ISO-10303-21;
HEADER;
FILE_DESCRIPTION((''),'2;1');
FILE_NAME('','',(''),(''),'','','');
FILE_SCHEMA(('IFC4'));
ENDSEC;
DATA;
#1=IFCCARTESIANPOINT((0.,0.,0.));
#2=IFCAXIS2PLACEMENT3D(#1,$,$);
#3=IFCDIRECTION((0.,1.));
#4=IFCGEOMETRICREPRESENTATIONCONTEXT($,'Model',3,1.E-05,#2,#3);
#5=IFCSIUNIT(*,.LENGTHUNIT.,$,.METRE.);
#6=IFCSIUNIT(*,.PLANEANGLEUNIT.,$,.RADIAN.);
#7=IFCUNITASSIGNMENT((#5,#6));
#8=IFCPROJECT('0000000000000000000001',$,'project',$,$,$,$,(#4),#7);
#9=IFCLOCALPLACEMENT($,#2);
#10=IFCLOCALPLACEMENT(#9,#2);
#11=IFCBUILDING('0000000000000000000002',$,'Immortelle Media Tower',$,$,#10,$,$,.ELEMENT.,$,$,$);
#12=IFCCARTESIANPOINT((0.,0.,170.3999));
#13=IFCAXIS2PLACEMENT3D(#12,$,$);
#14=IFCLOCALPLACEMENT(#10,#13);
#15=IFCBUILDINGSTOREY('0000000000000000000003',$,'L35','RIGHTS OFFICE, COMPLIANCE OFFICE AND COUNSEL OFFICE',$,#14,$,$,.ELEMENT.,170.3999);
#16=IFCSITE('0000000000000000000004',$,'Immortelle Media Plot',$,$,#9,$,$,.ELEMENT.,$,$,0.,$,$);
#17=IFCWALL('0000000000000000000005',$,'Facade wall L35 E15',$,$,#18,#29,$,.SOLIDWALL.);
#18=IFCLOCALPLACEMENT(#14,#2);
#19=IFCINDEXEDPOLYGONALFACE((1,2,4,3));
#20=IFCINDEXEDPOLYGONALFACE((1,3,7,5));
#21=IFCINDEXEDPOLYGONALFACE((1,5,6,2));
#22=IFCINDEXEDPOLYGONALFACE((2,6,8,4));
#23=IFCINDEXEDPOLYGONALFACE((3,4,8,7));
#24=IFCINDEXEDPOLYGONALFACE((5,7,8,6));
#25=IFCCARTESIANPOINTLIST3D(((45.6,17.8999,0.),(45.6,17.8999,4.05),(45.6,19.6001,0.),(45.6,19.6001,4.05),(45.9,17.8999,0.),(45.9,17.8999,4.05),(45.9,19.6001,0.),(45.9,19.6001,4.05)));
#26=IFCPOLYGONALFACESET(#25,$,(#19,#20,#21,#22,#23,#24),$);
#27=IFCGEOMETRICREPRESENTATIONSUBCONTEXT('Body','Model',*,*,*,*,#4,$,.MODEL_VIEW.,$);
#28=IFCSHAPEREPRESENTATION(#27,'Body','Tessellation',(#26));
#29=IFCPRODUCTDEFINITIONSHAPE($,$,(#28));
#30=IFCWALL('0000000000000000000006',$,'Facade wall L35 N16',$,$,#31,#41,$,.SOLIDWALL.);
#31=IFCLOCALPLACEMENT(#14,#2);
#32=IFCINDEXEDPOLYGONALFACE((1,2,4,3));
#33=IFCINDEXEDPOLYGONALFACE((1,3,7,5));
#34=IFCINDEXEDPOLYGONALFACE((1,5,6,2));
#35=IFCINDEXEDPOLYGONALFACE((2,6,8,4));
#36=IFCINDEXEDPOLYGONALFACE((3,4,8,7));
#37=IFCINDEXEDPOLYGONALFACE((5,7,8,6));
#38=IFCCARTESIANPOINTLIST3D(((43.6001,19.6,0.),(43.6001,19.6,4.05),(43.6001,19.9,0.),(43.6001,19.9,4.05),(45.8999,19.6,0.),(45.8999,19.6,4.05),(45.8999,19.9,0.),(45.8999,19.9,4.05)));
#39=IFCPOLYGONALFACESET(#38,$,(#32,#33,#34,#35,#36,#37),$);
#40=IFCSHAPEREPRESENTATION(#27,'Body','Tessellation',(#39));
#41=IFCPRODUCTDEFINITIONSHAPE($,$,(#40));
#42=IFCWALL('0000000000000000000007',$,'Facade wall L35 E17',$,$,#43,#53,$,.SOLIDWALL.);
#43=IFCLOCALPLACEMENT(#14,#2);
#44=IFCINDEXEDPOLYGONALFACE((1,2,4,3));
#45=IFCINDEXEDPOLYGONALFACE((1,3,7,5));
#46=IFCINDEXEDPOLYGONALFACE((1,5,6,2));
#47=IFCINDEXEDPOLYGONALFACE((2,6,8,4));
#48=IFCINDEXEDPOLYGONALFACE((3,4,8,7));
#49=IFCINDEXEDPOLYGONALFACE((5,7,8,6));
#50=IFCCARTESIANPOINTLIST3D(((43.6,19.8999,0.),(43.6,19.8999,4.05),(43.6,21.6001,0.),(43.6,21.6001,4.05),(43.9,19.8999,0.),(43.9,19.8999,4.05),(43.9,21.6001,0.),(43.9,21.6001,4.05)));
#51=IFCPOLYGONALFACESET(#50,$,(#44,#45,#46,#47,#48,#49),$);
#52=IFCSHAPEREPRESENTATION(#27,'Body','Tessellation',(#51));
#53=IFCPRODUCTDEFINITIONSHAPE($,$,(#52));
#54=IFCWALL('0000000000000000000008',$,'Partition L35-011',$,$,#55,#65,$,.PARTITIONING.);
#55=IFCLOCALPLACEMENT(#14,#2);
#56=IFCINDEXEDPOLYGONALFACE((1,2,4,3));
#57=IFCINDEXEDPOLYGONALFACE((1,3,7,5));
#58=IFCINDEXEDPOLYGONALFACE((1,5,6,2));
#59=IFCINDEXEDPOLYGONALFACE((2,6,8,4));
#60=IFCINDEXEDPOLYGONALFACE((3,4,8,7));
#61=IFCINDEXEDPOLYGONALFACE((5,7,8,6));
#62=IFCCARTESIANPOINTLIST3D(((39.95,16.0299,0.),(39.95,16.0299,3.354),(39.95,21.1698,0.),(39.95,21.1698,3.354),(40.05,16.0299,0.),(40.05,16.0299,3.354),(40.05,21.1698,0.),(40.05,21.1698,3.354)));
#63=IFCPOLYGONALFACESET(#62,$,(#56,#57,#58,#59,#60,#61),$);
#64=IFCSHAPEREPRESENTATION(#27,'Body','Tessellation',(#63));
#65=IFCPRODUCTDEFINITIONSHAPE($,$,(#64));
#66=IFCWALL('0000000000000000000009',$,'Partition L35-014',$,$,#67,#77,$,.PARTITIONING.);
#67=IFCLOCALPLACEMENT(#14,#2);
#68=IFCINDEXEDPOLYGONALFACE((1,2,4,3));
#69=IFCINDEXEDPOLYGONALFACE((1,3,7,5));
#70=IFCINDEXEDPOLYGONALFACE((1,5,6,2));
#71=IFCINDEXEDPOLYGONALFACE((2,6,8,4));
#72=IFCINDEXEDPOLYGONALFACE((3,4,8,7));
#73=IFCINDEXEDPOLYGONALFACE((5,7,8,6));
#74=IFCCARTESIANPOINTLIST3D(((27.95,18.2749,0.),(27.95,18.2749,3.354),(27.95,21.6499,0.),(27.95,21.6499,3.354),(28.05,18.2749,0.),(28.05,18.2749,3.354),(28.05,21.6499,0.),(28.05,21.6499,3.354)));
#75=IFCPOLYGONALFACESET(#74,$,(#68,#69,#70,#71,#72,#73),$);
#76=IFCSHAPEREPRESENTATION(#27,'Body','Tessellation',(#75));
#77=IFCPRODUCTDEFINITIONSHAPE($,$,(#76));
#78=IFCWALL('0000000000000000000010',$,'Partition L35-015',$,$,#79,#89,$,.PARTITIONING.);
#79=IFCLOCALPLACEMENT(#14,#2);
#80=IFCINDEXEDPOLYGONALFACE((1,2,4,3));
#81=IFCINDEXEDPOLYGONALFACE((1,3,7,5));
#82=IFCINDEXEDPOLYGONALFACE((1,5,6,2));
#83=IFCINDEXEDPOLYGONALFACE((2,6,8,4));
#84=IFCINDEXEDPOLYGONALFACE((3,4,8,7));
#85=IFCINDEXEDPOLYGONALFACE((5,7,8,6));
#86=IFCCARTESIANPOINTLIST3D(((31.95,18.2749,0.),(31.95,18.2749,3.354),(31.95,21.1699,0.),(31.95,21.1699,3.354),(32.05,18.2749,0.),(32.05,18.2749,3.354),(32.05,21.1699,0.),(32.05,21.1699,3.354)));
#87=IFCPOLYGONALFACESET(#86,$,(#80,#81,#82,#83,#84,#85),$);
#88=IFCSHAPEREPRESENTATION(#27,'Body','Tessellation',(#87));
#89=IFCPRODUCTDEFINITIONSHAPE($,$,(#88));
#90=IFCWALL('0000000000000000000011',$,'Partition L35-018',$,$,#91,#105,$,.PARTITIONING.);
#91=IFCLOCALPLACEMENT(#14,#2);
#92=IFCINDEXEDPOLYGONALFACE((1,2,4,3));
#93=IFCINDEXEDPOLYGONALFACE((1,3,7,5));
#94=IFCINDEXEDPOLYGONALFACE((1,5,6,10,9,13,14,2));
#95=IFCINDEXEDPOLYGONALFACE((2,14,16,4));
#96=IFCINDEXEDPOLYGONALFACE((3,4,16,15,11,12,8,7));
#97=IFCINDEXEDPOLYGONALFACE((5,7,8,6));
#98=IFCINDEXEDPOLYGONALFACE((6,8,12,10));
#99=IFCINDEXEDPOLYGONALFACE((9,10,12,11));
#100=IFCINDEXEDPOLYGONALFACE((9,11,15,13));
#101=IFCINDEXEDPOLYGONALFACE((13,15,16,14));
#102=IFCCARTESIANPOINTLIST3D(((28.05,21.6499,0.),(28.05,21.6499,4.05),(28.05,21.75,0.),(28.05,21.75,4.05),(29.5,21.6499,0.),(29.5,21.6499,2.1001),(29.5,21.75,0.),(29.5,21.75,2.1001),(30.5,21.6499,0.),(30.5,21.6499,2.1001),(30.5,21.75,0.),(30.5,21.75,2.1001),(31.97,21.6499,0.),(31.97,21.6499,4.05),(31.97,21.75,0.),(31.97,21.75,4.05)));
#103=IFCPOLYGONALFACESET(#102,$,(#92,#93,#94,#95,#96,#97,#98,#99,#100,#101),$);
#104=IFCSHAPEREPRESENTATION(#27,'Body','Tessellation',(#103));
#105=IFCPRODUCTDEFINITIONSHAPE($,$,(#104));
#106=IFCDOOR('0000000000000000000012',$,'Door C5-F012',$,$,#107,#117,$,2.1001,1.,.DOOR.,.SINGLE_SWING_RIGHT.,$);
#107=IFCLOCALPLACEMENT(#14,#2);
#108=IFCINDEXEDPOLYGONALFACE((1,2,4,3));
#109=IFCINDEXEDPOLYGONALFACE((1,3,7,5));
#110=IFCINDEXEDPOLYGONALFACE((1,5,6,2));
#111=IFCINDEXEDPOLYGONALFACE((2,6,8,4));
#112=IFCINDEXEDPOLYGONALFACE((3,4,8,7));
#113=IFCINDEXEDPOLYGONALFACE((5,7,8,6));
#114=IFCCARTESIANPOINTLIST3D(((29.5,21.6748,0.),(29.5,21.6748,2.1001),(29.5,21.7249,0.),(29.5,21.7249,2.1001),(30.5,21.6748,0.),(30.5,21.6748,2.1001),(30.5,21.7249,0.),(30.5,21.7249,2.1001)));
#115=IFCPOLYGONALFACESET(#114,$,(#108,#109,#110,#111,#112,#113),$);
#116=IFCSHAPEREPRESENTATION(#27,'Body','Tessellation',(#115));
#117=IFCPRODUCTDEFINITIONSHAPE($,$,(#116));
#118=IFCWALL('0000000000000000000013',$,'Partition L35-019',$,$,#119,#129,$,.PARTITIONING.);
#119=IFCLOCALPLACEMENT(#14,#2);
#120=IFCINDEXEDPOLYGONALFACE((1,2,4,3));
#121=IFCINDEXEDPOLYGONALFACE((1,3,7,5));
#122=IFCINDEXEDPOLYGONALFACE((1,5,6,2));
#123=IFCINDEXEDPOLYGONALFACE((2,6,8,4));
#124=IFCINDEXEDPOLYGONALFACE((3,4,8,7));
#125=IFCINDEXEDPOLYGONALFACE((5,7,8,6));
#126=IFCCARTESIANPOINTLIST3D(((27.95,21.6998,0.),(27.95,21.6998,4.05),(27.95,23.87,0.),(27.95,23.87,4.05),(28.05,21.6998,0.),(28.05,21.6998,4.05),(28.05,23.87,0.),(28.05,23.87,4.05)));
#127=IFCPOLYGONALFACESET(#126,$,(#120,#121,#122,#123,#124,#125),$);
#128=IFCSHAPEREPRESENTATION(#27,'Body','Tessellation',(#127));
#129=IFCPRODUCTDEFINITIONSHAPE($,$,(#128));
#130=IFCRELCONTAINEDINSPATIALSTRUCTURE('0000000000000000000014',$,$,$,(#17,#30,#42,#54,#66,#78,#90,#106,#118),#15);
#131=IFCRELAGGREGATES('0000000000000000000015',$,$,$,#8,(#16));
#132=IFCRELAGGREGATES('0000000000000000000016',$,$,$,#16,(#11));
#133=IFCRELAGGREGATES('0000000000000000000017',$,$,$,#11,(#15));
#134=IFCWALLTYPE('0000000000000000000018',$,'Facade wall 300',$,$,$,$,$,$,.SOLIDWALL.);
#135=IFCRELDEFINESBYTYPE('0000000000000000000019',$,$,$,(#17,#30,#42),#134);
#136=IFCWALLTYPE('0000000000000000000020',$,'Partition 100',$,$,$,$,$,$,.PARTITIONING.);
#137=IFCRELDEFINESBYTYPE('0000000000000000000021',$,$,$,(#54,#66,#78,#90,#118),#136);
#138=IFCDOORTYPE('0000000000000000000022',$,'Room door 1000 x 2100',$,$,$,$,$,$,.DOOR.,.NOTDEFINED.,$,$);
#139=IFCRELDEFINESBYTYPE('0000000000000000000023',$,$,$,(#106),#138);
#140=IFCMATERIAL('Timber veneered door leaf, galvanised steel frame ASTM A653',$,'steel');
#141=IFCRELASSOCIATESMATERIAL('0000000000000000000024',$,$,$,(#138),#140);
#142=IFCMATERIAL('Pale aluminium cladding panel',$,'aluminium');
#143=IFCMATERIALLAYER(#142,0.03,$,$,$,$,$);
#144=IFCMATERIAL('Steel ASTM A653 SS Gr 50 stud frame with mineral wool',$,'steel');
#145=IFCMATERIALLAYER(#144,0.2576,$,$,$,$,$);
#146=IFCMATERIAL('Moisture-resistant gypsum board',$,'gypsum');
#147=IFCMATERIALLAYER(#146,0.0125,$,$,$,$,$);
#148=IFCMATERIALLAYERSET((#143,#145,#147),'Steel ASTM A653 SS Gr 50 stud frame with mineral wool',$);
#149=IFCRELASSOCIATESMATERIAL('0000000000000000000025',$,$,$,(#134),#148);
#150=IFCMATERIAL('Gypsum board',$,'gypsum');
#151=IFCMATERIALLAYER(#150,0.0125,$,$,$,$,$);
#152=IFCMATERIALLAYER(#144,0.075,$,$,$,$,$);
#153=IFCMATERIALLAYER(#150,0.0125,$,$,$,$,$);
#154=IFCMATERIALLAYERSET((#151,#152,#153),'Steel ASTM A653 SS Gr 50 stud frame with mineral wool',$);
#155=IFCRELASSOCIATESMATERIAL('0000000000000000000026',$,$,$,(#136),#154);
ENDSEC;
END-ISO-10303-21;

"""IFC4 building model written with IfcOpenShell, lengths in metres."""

from ifc_helpers import new_model, si_unit, direction, frame, frame_2d, origin, place, context, subcontext, project, spatial, rectangle, extrude, material, layer, layer_set, type_object, element, fill, save


model = new_model("IFC4")

# Units and contexts
model_context = context("Model", 3, precision=1e-05, world=origin(), true_north=direction((0.0, 1.0)))
body_context = subcontext(model_context, "Body", "Model", "MODEL_VIEW")
ifc_project = project(units=[si_unit("LENGTHUNIT", "METRE"), si_unit("PLANEANGLEUNIT", "RADIAN")], contexts=[model_context])

# Site, building, storey
site_placement = place(None, origin())
site = spatial("IfcSite", under=ifc_project, at=site_placement, Name="Immortelle Media Plot", CompositionType="ELEMENT", RefElevation=0.0)
building_placement = place(site_placement, origin())
building = spatial("IfcBuilding", under=site, at=building_placement, Name="Immortelle Media Tower", CompositionType="ELEMENT")
storey_placement = place(building_placement, frame((0.0, 0.0, 170.3999)))
storey = spatial("IfcBuildingStorey", under=building, at=storey_placement, Name="L35", Description="RIGHTS OFFICE, COMPLIANCE OFFICE AND COUNSEL OFFICE", CompositionType="ELEMENT", Elevation=170.3999)

# Shared definitions
ifc_material_1 = material(Name="Steel ASTM A653 SS Gr 50 stud frame with mineral wool", Category="steel")

# Shared definitions
ifc_material_2 = material(Name="Timber veneered door leaf, galvanised steel frame ASTM A653", Category="steel")
door_type_1 = type_object("IfcDoorType", Name="Room door 1000 x 2100", OperationType="NOTDEFINED", PredefinedType="DOOR", material=ifc_material_2)

# Walls
ifc_material_3 = material(Name="Pale aluminium cladding panel", Category="aluminium")
ifc_layer_1 = layer(ifc_material_3, 0.03)
ifc_layer_2 = layer(ifc_material_1, 0.2576)
ifc_material_4 = material(Name="Moisture-resistant gypsum board", Category="gypsum")
ifc_layer_3 = layer(ifc_material_4, 0.0125)
ifc_layer_set_1 = layer_set([ifc_layer_1, ifc_layer_2, ifc_layer_3], Name="Steel ASTM A653 SS Gr 50 stud frame with mineral wool")
wall_type_1 = type_object("IfcWallType", Name="Facade wall 300", PredefinedType="SOLIDWALL", material=ifc_layer_set_1)
wall_1_placement = place(storey_placement, frame((45.75, 17.8999, 0.0), z_axis=(0.0, 0.0, 1.0), x_axis=(0.0, 1.0, 0.0)))
element("IfcWall", 1, at=wall_1_placement, inside=storey, type_object=wall_type_1, Name="Facade wall L35 E15", PredefinedType="SOLIDWALL", context=body_context, shape_type="SweptSolid", body=[
    extrude(rectangle(XDim=1.7002, YDim=0.3, at=frame_2d((0.8501, 0.0))), origin(), (0.0, 0.0, 1.0), 4.05),
])
wall_2_placement = place(storey_placement, frame((45.8999, 19.75, 0.0), z_axis=(0.0, 0.0, 1.0), x_axis=(-1.0, 0.0, 0.0)))
element("IfcWall", 2, at=wall_2_placement, inside=storey, type_object=wall_type_1, Name="Facade wall L35 N16", PredefinedType="SOLIDWALL", context=body_context, shape_type="SweptSolid", body=[
    extrude(rectangle(XDim=2.2998, YDim=0.3, at=frame_2d((1.1499, 0.0))), origin(), (0.0, 0.0, 1.0), 4.05),
])
wall_3_placement = place(storey_placement, frame((43.75, 19.8999, 0.0), z_axis=(0.0, 0.0, 1.0), x_axis=(0.0, 1.0, 0.0)))
element("IfcWall", 3, at=wall_3_placement, inside=storey, type_object=wall_type_1, Name="Facade wall L35 E17", PredefinedType="SOLIDWALL", context=body_context, shape_type="SweptSolid", body=[
    extrude(rectangle(XDim=1.7002, YDim=0.3, at=frame_2d((0.8501, 0.0))), origin(), (0.0, 0.0, 1.0), 4.05),
])

# Walls
ifc_material_5 = material(Name="Gypsum board", Category="gypsum")
ifc_layer_4 = layer(ifc_material_5, 0.0125)
ifc_layer_5 = layer(ifc_material_1, 0.075)
ifc_layer_6 = layer(ifc_material_5, 0.0125)
ifc_layer_set_2 = layer_set([ifc_layer_4, ifc_layer_5, ifc_layer_6], Name="Steel ASTM A653 SS Gr 50 stud frame with mineral wool")
wall_type_2 = type_object("IfcWallType", Name="Partition 100", PredefinedType="PARTITIONING", material=ifc_layer_set_2)
wall_4_placement = place(storey_placement, frame((40.0, 16.03, 0.0), z_axis=(0.0, 0.0, 1.0), x_axis=(0.0, 1.0, 0.0)))
element("IfcWall", 4, at=wall_4_placement, inside=storey, type_object=wall_type_2, Name="Partition L35-011", PredefinedType="PARTITIONING", context=body_context, shape_type="SweptSolid", body=[
    extrude(rectangle(XDim=5.1399, YDim=0.1001, at=frame_2d((2.5698, 0.0))), origin(), (0.0, 0.0, 1.0), 3.354),
])
wall_5_placement = place(storey_placement, frame((28.0, 18.2749, 0.0), z_axis=(0.0, 0.0, 1.0), x_axis=(0.0, 1.0, 0.0)))
element("IfcWall", 5, at=wall_5_placement, inside=storey, type_object=wall_type_2, Name="Partition L35-014", PredefinedType="PARTITIONING", context=body_context, shape_type="SweptSolid", body=[
    extrude(rectangle(XDim=3.375, YDim=0.1001, at=frame_2d((1.6875, 0.0))), origin(), (0.0, 0.0, 1.0), 3.354),
])
wall_6_placement = place(storey_placement, frame((32.0, 18.2749, 0.0), z_axis=(0.0, 0.0, 1.0), x_axis=(0.0, 1.0, 0.0)))
element("IfcWall", 6, at=wall_6_placement, inside=storey, type_object=wall_type_2, Name="Partition L35-015", PredefinedType="PARTITIONING", context=body_context, shape_type="SweptSolid", body=[
    extrude(rectangle(XDim=2.895, YDim=0.1001, at=frame_2d((1.4475, 0.0))), origin(), (0.0, 0.0, 1.0), 3.354),
])

# Wall, opening, door
wall_7_placement = place(storey_placement, frame((28.05, 21.7, 0.0), z_axis=(0.0, 0.0, 1.0), x_axis=(1.0, 0.0, 0.0)))
wall_7 = element("IfcWall", 7, at=wall_7_placement, inside=storey, type_object=wall_type_2, Name="Partition L35-018", PredefinedType="PARTITIONING", context=body_context, shape_type="SweptSolid", body=[
    extrude(rectangle(XDim=3.9199, YDim=0.1001, at=frame_2d((1.96, 0.0))), origin(), (0.0, 0.0, 1.0), 4.05),
])
opening_1_placement = place(wall_7_placement, frame((1.45, 0.0, 0.0)))
opening_1 = element("IfcOpeningElement", 8, at=opening_1_placement, cuts=wall_7, PredefinedType="OPENING", context=body_context, shape_type="SweptSolid", body=[
    extrude(rectangle(XDim=1.0, YDim=2.1001, at=frame_2d((0.5, 1.05))), frame((0.0, 0.0601, 0.0), z_axis=(0.0, -1.0, 0.0), x_axis=(1.0, 0.0, 0.0)), (0.0, 0.0, 1.0), 0.1201),
])
door_1_placement = place(opening_1_placement, origin())
door_1 = element("IfcDoor", 9, at=door_1_placement, inside=storey, type_object=door_type_1, Name="Door C5-F012", OperationType="SINGLE_SWING_RIGHT", OverallHeight=2.1001, OverallWidth=1.0, PredefinedType="DOOR", context=body_context, shape_type="SweptSolid", body=[
    extrude(rectangle(XDim=1.0, YDim=2.1001, at=frame_2d((0.5, 1.05))), frame((0.0, 0.0249, 0.0), z_axis=(0.0, -1.0, 0.0), x_axis=(1.0, 0.0, 0.0)), (0.0, 0.0, 1.0), 0.05),
])
fill(opening_1, door_1)

# Wall
wall_8_placement = place(storey_placement, frame((28.0, 21.7, 0.0), z_axis=(0.0, 0.0, 1.0), x_axis=(0.0, 1.0, 0.0)))
element("IfcWall", 10, at=wall_8_placement, inside=storey, type_object=wall_type_2, Name="Partition L35-019", PredefinedType="PARTITIONING", context=body_context, shape_type="SweptSolid", body=[
    extrude(rectangle(XDim=2.1702, YDim=0.1001, at=frame_2d((1.085, 0.0))), origin(), (0.0, 0.0, 1.0), 4.05),
])

save(model, "model.ifc")
